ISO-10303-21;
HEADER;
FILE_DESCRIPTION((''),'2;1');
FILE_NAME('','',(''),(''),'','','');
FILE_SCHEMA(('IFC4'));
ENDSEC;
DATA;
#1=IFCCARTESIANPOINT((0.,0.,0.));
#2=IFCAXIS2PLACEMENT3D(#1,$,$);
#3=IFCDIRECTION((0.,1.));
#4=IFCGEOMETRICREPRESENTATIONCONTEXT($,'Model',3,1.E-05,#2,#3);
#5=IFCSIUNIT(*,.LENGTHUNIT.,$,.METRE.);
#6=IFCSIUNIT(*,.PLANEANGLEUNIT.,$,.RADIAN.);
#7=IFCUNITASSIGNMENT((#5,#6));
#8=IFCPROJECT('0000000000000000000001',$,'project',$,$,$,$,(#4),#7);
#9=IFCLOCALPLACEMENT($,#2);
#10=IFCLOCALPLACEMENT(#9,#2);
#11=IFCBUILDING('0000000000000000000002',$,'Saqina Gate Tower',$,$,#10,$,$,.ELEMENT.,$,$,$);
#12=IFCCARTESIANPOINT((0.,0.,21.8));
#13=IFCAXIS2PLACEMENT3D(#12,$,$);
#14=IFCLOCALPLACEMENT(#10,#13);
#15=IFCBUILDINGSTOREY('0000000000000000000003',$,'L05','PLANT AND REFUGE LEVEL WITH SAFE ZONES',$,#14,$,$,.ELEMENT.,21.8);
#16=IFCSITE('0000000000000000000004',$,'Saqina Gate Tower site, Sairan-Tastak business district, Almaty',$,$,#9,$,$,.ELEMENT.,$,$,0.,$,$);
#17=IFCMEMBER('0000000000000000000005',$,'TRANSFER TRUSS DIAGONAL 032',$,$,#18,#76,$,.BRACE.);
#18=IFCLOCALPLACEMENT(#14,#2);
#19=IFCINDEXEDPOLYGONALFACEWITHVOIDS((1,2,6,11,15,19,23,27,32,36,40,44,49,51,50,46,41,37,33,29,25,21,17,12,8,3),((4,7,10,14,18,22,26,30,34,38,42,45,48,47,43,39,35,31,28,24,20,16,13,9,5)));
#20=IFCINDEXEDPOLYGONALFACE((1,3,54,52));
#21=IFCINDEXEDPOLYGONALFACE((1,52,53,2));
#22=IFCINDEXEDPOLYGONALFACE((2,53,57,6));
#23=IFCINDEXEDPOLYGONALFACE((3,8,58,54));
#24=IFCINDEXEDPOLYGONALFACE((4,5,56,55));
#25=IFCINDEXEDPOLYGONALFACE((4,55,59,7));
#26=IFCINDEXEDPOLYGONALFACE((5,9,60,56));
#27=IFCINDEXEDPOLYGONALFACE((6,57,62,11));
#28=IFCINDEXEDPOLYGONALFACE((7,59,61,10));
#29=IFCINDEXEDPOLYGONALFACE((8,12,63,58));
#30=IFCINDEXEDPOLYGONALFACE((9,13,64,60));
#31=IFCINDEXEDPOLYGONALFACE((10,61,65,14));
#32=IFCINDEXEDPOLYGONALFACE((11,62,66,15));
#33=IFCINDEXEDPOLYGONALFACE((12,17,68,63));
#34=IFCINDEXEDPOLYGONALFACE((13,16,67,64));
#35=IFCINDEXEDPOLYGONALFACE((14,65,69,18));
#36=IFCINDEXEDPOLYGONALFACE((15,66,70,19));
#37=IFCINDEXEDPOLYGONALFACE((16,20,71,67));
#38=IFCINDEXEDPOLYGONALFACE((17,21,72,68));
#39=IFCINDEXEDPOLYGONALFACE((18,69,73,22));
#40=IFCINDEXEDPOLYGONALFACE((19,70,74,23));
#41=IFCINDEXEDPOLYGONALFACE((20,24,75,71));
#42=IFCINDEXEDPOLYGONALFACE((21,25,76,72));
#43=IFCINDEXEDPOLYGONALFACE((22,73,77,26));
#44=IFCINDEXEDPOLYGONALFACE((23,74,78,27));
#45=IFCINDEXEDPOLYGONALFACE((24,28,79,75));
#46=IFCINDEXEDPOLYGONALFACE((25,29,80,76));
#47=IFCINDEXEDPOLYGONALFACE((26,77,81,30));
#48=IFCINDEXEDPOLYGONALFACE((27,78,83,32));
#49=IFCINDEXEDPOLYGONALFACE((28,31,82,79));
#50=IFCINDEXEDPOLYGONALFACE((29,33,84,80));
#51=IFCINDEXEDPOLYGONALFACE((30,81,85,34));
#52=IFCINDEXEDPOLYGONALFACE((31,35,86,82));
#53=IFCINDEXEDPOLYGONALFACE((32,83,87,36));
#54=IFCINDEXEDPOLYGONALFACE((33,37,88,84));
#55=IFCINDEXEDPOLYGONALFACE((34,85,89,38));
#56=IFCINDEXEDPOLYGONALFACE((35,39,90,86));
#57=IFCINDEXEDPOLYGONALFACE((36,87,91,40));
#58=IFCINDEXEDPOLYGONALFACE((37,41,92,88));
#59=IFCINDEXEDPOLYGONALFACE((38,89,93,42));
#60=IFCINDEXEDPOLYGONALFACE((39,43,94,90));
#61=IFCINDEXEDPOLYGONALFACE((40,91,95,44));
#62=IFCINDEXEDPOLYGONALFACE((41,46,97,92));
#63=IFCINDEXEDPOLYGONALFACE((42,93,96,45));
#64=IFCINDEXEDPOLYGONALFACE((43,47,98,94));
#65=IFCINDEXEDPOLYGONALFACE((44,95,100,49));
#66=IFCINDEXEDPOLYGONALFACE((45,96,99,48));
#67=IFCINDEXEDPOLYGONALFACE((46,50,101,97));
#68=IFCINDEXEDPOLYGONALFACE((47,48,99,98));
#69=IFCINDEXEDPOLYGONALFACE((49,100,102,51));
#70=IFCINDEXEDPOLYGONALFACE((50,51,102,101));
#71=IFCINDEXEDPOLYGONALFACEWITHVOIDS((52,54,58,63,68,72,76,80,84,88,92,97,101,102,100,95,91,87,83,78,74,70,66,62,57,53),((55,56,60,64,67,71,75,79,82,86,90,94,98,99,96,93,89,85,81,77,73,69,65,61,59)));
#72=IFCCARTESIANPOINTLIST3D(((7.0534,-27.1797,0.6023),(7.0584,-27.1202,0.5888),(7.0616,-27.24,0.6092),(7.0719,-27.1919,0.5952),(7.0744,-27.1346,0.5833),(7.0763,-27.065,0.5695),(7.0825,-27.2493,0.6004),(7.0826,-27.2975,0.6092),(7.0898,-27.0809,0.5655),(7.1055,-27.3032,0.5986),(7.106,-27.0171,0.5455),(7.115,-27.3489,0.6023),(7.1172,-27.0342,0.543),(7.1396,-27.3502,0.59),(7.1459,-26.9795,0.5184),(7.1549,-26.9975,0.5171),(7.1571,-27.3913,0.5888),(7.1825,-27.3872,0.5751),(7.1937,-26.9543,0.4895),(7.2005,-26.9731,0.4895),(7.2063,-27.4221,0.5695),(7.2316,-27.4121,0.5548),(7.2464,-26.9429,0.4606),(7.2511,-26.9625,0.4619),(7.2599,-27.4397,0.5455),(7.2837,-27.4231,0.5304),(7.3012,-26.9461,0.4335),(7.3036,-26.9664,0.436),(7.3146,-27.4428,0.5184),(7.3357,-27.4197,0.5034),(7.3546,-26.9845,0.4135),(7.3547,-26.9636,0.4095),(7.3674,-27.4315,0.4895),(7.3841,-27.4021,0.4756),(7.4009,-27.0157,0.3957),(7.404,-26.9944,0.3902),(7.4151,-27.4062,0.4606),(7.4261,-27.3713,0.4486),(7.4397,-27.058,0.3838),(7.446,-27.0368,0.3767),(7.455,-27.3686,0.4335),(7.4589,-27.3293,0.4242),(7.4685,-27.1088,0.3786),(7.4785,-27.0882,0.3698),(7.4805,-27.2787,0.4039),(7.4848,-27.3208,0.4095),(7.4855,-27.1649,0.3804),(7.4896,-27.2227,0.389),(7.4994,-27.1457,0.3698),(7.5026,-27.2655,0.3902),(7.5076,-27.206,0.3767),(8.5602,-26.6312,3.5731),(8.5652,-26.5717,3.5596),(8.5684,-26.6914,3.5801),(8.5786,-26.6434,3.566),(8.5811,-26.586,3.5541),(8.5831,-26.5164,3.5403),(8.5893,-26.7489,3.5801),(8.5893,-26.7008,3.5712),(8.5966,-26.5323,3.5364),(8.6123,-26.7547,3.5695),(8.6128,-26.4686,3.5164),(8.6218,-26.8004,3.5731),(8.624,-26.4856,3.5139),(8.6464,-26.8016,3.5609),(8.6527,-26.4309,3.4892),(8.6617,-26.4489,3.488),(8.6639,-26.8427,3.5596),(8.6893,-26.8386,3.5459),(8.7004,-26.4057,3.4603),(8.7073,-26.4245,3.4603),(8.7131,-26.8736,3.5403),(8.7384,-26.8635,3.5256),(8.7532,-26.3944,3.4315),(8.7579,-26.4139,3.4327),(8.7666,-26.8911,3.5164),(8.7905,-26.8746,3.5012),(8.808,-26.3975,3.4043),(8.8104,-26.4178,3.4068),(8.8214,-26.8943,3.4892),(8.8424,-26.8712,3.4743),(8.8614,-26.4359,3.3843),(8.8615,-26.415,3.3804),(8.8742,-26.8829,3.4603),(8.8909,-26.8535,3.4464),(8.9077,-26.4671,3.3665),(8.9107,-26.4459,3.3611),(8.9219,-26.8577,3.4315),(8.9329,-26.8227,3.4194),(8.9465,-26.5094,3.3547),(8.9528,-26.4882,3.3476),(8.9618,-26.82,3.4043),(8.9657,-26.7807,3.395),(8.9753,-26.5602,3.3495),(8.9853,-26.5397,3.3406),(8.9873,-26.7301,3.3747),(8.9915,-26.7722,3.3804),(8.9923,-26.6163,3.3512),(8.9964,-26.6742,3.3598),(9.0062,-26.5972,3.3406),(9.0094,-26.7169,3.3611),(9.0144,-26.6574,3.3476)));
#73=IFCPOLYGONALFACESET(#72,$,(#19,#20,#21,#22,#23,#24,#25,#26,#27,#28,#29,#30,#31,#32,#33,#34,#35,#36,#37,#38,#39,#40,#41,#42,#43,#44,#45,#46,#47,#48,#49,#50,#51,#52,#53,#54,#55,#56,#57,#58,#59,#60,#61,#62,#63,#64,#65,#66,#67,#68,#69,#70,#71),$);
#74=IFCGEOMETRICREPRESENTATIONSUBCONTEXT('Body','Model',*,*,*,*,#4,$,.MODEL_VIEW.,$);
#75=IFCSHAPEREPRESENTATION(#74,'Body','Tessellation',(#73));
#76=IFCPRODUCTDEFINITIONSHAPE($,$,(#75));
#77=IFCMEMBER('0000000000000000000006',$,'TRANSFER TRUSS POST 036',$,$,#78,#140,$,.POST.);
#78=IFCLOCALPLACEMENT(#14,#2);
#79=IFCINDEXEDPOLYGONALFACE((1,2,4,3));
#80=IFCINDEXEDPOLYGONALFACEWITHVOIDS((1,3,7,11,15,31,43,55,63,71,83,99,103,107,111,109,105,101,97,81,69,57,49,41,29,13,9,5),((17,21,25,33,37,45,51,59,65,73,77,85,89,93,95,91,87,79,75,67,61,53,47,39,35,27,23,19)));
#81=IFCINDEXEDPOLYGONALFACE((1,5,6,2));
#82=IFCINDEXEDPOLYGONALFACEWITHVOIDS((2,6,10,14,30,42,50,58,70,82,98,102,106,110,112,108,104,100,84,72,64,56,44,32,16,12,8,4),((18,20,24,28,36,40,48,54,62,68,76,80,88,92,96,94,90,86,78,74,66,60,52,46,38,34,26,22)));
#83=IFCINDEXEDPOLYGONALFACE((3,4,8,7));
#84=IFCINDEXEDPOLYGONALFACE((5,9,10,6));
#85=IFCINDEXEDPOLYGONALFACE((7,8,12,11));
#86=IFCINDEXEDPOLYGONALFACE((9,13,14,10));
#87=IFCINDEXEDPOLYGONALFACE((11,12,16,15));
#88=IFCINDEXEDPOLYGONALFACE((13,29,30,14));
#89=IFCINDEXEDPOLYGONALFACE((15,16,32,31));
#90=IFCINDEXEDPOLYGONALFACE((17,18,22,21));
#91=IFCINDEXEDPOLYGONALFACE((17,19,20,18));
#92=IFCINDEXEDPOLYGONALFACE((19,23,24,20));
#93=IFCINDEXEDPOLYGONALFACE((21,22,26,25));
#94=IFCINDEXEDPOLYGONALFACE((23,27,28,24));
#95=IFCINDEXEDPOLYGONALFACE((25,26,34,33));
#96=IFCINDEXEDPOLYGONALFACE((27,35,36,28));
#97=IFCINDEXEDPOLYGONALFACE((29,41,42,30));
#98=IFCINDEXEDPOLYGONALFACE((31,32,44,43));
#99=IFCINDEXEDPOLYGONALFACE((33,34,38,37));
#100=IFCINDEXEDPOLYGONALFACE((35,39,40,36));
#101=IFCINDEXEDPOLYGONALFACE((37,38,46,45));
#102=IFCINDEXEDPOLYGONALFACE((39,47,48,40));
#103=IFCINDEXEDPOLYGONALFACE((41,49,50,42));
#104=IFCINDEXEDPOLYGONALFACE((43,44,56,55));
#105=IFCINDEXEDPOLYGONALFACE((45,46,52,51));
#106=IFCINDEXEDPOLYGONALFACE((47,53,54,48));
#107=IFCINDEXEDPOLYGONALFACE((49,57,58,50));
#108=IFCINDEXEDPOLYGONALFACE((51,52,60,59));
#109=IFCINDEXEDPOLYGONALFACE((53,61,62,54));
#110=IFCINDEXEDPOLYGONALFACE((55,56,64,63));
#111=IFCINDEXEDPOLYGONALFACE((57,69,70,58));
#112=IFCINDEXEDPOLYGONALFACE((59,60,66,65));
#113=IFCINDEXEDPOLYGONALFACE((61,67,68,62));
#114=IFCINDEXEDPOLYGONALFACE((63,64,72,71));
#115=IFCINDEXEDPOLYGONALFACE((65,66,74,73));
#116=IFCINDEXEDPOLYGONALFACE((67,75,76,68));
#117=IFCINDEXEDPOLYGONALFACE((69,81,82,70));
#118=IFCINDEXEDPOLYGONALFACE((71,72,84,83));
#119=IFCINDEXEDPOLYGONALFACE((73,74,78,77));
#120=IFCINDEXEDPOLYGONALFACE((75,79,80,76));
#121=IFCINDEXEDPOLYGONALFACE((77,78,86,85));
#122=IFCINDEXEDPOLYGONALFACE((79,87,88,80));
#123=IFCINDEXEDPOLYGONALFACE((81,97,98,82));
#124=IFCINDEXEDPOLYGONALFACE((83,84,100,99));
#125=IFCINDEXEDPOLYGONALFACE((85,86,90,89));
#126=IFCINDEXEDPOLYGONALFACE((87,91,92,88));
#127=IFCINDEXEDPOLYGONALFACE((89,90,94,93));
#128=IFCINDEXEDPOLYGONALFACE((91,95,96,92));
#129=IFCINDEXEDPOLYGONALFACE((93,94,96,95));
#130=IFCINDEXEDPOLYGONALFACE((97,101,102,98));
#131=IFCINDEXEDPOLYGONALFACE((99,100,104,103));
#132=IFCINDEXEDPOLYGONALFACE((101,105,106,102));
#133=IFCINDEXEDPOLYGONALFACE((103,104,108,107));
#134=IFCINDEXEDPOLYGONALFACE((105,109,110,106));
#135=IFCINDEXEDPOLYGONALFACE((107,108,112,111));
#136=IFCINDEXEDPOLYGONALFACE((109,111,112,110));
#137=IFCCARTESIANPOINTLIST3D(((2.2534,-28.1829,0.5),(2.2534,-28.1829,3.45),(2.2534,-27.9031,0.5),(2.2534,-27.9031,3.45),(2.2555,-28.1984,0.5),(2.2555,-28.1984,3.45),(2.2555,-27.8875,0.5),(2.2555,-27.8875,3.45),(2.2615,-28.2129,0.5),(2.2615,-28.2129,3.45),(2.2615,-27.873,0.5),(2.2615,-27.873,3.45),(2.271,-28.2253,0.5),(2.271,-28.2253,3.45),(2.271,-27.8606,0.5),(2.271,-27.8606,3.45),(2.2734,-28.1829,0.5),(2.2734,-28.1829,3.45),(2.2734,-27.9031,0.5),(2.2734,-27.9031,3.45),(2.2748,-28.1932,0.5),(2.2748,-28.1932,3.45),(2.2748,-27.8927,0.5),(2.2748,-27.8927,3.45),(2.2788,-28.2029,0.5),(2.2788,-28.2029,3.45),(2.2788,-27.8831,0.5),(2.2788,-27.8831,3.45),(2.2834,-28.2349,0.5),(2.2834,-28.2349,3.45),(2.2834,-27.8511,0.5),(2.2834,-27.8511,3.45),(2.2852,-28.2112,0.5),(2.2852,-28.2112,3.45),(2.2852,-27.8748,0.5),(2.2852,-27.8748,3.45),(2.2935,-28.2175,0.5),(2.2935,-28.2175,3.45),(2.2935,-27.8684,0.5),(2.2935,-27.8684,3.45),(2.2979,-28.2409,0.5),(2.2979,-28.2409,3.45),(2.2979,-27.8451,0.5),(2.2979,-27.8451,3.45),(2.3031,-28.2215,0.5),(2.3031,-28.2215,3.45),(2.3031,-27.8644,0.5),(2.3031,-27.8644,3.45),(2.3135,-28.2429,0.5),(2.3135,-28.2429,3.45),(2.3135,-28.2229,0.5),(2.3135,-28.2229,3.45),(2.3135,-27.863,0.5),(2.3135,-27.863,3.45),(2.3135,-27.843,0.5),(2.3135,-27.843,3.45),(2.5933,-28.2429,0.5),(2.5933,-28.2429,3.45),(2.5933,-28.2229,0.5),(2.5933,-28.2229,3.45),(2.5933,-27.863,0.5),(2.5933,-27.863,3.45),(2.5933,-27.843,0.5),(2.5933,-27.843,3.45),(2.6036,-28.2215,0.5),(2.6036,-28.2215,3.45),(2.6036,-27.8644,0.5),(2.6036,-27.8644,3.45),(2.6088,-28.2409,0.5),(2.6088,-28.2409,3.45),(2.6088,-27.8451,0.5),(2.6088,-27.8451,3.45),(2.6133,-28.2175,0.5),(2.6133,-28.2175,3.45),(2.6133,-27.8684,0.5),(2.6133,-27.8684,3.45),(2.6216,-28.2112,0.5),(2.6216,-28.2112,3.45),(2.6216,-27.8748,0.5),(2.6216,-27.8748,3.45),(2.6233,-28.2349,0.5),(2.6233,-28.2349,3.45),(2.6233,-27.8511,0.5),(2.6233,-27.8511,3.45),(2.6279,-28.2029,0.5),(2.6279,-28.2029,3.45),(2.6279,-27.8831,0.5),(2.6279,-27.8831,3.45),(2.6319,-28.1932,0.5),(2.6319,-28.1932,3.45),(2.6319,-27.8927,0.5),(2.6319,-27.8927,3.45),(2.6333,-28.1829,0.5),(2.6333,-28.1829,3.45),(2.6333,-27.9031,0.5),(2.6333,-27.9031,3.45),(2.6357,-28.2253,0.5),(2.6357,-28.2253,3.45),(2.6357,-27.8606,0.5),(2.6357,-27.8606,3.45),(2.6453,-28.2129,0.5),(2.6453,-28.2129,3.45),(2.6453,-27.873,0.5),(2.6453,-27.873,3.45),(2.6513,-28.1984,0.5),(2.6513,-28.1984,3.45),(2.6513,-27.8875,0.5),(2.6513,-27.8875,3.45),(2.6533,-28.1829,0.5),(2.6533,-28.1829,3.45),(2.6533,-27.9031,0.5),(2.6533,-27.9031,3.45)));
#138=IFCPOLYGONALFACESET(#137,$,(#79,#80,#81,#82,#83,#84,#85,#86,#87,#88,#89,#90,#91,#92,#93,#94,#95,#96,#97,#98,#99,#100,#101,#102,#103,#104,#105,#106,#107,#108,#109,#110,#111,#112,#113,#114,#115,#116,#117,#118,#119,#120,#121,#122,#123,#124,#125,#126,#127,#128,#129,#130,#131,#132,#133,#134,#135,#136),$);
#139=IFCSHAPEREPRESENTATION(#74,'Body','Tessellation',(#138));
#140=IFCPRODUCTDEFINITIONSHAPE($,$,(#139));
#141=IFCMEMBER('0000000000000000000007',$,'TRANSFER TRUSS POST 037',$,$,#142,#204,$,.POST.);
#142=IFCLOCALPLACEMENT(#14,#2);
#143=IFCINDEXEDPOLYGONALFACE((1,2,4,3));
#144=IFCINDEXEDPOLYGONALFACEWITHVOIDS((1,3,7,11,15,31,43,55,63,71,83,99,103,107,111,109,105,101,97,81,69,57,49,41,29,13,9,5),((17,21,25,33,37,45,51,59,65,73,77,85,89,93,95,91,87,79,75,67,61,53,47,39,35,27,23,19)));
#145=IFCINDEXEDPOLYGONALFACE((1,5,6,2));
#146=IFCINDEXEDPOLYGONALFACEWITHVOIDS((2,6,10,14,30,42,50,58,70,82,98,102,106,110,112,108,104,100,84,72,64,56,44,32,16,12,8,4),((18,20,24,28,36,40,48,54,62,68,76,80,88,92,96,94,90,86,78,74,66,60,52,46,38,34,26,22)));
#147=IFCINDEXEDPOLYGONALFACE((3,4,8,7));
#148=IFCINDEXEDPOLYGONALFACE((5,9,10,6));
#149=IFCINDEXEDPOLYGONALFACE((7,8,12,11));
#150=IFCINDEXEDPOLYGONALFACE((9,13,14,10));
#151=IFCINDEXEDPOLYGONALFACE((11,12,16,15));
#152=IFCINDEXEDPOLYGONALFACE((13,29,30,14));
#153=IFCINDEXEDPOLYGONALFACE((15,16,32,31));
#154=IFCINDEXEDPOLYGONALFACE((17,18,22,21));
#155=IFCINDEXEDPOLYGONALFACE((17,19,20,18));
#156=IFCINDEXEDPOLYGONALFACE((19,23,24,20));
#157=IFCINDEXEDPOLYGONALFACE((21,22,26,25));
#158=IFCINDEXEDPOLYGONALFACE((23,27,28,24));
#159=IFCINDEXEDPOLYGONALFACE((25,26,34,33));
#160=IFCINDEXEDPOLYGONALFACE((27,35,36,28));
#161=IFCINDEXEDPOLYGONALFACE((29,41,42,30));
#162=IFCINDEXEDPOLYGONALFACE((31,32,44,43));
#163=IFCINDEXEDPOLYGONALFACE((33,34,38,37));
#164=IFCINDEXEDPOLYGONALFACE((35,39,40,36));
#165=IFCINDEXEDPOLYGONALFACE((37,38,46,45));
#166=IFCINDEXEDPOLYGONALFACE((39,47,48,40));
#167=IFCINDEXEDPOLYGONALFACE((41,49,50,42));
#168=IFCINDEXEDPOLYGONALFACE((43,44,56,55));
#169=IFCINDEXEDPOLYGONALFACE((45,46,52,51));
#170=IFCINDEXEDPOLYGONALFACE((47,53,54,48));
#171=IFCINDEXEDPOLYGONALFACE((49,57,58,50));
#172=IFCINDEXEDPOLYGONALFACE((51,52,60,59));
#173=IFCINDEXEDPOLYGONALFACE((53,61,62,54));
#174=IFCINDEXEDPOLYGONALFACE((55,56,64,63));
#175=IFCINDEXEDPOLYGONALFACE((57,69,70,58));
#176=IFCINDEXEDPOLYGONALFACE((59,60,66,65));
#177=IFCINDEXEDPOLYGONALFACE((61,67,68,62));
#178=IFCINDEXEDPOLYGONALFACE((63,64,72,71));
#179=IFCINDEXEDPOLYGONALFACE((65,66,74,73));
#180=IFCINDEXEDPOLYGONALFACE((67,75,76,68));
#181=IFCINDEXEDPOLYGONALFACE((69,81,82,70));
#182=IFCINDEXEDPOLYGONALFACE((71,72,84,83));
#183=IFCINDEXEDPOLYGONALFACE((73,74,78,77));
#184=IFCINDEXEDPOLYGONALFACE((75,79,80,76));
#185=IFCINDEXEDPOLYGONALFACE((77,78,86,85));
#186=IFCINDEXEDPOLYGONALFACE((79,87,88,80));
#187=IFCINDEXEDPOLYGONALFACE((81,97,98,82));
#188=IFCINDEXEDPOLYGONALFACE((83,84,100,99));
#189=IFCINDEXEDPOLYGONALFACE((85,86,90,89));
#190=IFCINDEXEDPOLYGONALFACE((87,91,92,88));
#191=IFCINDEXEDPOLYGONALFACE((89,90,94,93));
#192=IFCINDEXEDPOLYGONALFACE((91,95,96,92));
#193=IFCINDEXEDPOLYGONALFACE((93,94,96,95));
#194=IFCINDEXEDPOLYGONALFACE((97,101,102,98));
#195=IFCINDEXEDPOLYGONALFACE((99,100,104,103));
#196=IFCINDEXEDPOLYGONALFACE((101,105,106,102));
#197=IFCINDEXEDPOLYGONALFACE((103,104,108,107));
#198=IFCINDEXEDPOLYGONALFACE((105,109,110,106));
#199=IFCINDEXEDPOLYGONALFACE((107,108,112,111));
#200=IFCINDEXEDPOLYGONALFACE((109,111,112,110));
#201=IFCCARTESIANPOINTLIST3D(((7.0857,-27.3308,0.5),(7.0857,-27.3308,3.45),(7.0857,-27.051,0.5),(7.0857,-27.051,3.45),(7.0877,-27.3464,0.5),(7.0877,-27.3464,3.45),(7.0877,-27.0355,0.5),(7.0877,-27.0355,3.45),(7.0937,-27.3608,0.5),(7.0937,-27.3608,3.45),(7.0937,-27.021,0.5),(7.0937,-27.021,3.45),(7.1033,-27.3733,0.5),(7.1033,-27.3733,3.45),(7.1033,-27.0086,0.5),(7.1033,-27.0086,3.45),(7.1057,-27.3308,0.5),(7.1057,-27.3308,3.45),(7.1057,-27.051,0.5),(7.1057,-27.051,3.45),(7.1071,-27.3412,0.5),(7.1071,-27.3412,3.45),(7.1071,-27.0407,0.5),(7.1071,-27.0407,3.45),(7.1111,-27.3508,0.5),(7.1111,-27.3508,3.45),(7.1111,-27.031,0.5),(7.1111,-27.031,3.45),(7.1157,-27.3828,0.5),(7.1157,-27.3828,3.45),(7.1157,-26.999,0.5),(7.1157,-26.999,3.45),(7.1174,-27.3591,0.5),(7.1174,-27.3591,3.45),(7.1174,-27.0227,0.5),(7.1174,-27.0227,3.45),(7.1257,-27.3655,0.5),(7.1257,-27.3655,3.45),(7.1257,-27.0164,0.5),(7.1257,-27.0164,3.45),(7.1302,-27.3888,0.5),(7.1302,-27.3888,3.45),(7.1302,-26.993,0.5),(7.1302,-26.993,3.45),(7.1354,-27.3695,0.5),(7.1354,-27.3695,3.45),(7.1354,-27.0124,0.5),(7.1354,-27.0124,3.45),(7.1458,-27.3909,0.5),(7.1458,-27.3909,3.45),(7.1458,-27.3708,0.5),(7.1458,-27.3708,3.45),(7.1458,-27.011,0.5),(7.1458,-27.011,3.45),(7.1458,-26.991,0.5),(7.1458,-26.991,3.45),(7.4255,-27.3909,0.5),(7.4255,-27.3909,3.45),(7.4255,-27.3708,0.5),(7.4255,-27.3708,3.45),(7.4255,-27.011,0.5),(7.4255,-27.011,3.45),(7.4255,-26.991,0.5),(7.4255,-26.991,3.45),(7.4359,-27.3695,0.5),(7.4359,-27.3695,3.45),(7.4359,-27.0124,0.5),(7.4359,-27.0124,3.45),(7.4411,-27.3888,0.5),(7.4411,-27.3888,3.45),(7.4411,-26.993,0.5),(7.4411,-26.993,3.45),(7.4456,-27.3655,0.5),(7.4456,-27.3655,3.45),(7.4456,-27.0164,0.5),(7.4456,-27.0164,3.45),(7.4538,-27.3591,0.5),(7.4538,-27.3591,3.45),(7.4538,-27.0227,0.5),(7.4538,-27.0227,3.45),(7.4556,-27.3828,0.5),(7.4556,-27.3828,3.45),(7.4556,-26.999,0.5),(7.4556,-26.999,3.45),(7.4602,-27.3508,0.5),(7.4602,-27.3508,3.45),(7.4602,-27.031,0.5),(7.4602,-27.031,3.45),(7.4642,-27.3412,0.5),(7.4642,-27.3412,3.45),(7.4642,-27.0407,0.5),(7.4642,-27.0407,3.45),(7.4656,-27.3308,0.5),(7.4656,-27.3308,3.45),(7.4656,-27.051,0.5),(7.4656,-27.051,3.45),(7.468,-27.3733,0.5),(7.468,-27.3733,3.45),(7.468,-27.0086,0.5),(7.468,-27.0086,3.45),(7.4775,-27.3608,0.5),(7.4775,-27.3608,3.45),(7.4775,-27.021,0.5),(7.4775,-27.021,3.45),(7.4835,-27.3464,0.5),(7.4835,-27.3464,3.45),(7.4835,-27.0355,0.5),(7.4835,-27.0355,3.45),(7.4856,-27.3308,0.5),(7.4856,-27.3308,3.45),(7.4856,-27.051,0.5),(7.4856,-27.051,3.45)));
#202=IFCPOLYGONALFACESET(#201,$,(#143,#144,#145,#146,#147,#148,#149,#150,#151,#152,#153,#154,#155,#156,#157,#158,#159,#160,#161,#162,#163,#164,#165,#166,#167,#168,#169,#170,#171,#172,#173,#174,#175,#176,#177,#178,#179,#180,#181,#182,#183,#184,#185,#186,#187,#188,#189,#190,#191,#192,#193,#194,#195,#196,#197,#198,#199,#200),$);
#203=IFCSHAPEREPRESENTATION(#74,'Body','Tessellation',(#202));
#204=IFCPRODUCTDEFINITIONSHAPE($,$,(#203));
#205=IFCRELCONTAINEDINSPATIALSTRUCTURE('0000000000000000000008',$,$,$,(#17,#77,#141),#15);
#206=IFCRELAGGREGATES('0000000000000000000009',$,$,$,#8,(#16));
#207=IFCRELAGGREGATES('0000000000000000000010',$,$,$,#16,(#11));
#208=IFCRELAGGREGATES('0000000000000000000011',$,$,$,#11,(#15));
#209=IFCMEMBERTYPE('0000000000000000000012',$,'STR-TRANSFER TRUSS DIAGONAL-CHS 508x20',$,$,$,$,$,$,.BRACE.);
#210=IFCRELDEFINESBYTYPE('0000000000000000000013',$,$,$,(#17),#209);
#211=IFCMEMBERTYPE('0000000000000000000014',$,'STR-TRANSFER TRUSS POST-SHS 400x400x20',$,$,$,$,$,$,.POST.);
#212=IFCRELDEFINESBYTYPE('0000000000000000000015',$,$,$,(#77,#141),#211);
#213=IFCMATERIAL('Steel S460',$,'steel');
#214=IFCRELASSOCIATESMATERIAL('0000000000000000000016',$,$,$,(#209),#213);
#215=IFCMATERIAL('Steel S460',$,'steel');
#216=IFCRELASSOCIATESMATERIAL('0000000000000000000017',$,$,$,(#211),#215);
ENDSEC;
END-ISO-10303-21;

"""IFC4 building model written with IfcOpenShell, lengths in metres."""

from ifc_helpers import new_model, si_unit, direction, frame, origin, origin_2d, place, context, subcontext, project, spatial, hollow_rectangle, hollow_circle, extrude, material, material_profile, profile_set, type_object, element, save


model = new_model("IFC4")

# Units and contexts
model_context = context("Model", 3, precision=1e-05, world=origin(), true_north=direction((0.0, 1.0)))
body_context = subcontext(model_context, "Body", "Model", "MODEL_VIEW")
ifc_project = project(units=[si_unit("LENGTHUNIT", "METRE"), si_unit("PLANEANGLEUNIT", "RADIAN")], contexts=[model_context])

# Site, building, storey
site_placement = place(None, origin())
site = spatial("IfcSite", under=ifc_project, at=site_placement, Name="Saqina Gate Tower site, Sairan-Tastak business district, Almaty", CompositionType="ELEMENT", RefElevation=0.0)
building_placement = place(site_placement, origin())
building = spatial("IfcBuilding", under=site, at=building_placement, Name="Saqina Gate Tower", CompositionType="ELEMENT")
storey_placement = place(building_placement, frame((0.0, 0.0, 21.8)))
storey = spatial("IfcBuildingStorey", under=building, at=storey_placement, Name="L05", Description="PLANT AND REFUGE LEVEL WITH SAFE ZONES", CompositionType="ELEMENT", Elevation=21.8)

# Members
ifc_material_1 = material(Name="Steel S460", Category="steel")
ifc_material_profile_1 = material_profile(ifc_material_1, hollow_circle(Radius=0.2539, WallThickness=0.02, at=origin_2d()), Name="CHS 508x20")
ifc_profile_set_1 = profile_set([ifc_material_profile_1], Name="Steel S460")
member_type_1 = type_object("IfcMemberType", Name="STR-TRANSFER TRUSS DIAGONAL-CHS 508x20", PredefinedType="BRACE", material=ifc_profile_set_1)
member_1_placement = place(storey_placement, frame((7.2805, -27.1929, 0.4895), z_axis=(0.446325, 0.162491, 0.879995), x_axis=(-0.342098, 0.939664, 0.0)))
element("IfcMember", 1, at=member_1_placement, inside=storey, type_object=member_type_1, Name="TRANSFER TRUSS DIAGONAL 032", PredefinedType="BRACE", context=body_context, shape_type="SweptSolid", body=[
    extrude(hollow_circle(Radius=0.2539, WallThickness=0.02, at=origin_2d()), origin(), (0.0, 0.0, 1.0), 3.376),
])
ifc_material_2 = material(Name="Steel S460", Category="steel")
ifc_material_profile_2 = material_profile(ifc_material_2, hollow_rectangle(XDim=0.3999, YDim=0.3999, WallThickness=0.02, InnerFilletRadius=0.04, OuterFilletRadius=0.0601, at=origin_2d()), Name="SHS 400x400x20")
ifc_profile_set_2 = profile_set([ifc_material_profile_2], Name="Steel S460")
member_type_2 = type_object("IfcMemberType", Name="STR-TRANSFER TRUSS POST-SHS 400x400x20", PredefinedType="POST", material=ifc_profile_set_2)
for number, where, z_axis, x_axis, name in (
    (2, (2.4534, -28.043, 0.5), (0.0, 0.0, 1.0), (1.0, 0.0, 0.0), "TRANSFER TRUSS POST 036"),
    (3, (7.2856, -27.1909, 0.5), (0.0, 0.0, 1.0), (1.0, 0.0, 0.0), "TRANSFER TRUSS POST 037"),
):
    element("IfcMember", number, at=place(storey_placement, frame(where, z_axis=z_axis, x_axis=x_axis)), inside=storey, type_object=member_type_2, Name=name, PredefinedType="POST", context=body_context, shape_type="SweptSolid", body=[
        extrude(hollow_rectangle(XDim=0.3999, YDim=0.3999, WallThickness=0.02, InnerFilletRadius=0.04, OuterFilletRadius=0.0601, at=origin_2d()), origin(), (0.0, 0.0, 1.0), 2.95),
    ])

save(model, "model.ifc")
